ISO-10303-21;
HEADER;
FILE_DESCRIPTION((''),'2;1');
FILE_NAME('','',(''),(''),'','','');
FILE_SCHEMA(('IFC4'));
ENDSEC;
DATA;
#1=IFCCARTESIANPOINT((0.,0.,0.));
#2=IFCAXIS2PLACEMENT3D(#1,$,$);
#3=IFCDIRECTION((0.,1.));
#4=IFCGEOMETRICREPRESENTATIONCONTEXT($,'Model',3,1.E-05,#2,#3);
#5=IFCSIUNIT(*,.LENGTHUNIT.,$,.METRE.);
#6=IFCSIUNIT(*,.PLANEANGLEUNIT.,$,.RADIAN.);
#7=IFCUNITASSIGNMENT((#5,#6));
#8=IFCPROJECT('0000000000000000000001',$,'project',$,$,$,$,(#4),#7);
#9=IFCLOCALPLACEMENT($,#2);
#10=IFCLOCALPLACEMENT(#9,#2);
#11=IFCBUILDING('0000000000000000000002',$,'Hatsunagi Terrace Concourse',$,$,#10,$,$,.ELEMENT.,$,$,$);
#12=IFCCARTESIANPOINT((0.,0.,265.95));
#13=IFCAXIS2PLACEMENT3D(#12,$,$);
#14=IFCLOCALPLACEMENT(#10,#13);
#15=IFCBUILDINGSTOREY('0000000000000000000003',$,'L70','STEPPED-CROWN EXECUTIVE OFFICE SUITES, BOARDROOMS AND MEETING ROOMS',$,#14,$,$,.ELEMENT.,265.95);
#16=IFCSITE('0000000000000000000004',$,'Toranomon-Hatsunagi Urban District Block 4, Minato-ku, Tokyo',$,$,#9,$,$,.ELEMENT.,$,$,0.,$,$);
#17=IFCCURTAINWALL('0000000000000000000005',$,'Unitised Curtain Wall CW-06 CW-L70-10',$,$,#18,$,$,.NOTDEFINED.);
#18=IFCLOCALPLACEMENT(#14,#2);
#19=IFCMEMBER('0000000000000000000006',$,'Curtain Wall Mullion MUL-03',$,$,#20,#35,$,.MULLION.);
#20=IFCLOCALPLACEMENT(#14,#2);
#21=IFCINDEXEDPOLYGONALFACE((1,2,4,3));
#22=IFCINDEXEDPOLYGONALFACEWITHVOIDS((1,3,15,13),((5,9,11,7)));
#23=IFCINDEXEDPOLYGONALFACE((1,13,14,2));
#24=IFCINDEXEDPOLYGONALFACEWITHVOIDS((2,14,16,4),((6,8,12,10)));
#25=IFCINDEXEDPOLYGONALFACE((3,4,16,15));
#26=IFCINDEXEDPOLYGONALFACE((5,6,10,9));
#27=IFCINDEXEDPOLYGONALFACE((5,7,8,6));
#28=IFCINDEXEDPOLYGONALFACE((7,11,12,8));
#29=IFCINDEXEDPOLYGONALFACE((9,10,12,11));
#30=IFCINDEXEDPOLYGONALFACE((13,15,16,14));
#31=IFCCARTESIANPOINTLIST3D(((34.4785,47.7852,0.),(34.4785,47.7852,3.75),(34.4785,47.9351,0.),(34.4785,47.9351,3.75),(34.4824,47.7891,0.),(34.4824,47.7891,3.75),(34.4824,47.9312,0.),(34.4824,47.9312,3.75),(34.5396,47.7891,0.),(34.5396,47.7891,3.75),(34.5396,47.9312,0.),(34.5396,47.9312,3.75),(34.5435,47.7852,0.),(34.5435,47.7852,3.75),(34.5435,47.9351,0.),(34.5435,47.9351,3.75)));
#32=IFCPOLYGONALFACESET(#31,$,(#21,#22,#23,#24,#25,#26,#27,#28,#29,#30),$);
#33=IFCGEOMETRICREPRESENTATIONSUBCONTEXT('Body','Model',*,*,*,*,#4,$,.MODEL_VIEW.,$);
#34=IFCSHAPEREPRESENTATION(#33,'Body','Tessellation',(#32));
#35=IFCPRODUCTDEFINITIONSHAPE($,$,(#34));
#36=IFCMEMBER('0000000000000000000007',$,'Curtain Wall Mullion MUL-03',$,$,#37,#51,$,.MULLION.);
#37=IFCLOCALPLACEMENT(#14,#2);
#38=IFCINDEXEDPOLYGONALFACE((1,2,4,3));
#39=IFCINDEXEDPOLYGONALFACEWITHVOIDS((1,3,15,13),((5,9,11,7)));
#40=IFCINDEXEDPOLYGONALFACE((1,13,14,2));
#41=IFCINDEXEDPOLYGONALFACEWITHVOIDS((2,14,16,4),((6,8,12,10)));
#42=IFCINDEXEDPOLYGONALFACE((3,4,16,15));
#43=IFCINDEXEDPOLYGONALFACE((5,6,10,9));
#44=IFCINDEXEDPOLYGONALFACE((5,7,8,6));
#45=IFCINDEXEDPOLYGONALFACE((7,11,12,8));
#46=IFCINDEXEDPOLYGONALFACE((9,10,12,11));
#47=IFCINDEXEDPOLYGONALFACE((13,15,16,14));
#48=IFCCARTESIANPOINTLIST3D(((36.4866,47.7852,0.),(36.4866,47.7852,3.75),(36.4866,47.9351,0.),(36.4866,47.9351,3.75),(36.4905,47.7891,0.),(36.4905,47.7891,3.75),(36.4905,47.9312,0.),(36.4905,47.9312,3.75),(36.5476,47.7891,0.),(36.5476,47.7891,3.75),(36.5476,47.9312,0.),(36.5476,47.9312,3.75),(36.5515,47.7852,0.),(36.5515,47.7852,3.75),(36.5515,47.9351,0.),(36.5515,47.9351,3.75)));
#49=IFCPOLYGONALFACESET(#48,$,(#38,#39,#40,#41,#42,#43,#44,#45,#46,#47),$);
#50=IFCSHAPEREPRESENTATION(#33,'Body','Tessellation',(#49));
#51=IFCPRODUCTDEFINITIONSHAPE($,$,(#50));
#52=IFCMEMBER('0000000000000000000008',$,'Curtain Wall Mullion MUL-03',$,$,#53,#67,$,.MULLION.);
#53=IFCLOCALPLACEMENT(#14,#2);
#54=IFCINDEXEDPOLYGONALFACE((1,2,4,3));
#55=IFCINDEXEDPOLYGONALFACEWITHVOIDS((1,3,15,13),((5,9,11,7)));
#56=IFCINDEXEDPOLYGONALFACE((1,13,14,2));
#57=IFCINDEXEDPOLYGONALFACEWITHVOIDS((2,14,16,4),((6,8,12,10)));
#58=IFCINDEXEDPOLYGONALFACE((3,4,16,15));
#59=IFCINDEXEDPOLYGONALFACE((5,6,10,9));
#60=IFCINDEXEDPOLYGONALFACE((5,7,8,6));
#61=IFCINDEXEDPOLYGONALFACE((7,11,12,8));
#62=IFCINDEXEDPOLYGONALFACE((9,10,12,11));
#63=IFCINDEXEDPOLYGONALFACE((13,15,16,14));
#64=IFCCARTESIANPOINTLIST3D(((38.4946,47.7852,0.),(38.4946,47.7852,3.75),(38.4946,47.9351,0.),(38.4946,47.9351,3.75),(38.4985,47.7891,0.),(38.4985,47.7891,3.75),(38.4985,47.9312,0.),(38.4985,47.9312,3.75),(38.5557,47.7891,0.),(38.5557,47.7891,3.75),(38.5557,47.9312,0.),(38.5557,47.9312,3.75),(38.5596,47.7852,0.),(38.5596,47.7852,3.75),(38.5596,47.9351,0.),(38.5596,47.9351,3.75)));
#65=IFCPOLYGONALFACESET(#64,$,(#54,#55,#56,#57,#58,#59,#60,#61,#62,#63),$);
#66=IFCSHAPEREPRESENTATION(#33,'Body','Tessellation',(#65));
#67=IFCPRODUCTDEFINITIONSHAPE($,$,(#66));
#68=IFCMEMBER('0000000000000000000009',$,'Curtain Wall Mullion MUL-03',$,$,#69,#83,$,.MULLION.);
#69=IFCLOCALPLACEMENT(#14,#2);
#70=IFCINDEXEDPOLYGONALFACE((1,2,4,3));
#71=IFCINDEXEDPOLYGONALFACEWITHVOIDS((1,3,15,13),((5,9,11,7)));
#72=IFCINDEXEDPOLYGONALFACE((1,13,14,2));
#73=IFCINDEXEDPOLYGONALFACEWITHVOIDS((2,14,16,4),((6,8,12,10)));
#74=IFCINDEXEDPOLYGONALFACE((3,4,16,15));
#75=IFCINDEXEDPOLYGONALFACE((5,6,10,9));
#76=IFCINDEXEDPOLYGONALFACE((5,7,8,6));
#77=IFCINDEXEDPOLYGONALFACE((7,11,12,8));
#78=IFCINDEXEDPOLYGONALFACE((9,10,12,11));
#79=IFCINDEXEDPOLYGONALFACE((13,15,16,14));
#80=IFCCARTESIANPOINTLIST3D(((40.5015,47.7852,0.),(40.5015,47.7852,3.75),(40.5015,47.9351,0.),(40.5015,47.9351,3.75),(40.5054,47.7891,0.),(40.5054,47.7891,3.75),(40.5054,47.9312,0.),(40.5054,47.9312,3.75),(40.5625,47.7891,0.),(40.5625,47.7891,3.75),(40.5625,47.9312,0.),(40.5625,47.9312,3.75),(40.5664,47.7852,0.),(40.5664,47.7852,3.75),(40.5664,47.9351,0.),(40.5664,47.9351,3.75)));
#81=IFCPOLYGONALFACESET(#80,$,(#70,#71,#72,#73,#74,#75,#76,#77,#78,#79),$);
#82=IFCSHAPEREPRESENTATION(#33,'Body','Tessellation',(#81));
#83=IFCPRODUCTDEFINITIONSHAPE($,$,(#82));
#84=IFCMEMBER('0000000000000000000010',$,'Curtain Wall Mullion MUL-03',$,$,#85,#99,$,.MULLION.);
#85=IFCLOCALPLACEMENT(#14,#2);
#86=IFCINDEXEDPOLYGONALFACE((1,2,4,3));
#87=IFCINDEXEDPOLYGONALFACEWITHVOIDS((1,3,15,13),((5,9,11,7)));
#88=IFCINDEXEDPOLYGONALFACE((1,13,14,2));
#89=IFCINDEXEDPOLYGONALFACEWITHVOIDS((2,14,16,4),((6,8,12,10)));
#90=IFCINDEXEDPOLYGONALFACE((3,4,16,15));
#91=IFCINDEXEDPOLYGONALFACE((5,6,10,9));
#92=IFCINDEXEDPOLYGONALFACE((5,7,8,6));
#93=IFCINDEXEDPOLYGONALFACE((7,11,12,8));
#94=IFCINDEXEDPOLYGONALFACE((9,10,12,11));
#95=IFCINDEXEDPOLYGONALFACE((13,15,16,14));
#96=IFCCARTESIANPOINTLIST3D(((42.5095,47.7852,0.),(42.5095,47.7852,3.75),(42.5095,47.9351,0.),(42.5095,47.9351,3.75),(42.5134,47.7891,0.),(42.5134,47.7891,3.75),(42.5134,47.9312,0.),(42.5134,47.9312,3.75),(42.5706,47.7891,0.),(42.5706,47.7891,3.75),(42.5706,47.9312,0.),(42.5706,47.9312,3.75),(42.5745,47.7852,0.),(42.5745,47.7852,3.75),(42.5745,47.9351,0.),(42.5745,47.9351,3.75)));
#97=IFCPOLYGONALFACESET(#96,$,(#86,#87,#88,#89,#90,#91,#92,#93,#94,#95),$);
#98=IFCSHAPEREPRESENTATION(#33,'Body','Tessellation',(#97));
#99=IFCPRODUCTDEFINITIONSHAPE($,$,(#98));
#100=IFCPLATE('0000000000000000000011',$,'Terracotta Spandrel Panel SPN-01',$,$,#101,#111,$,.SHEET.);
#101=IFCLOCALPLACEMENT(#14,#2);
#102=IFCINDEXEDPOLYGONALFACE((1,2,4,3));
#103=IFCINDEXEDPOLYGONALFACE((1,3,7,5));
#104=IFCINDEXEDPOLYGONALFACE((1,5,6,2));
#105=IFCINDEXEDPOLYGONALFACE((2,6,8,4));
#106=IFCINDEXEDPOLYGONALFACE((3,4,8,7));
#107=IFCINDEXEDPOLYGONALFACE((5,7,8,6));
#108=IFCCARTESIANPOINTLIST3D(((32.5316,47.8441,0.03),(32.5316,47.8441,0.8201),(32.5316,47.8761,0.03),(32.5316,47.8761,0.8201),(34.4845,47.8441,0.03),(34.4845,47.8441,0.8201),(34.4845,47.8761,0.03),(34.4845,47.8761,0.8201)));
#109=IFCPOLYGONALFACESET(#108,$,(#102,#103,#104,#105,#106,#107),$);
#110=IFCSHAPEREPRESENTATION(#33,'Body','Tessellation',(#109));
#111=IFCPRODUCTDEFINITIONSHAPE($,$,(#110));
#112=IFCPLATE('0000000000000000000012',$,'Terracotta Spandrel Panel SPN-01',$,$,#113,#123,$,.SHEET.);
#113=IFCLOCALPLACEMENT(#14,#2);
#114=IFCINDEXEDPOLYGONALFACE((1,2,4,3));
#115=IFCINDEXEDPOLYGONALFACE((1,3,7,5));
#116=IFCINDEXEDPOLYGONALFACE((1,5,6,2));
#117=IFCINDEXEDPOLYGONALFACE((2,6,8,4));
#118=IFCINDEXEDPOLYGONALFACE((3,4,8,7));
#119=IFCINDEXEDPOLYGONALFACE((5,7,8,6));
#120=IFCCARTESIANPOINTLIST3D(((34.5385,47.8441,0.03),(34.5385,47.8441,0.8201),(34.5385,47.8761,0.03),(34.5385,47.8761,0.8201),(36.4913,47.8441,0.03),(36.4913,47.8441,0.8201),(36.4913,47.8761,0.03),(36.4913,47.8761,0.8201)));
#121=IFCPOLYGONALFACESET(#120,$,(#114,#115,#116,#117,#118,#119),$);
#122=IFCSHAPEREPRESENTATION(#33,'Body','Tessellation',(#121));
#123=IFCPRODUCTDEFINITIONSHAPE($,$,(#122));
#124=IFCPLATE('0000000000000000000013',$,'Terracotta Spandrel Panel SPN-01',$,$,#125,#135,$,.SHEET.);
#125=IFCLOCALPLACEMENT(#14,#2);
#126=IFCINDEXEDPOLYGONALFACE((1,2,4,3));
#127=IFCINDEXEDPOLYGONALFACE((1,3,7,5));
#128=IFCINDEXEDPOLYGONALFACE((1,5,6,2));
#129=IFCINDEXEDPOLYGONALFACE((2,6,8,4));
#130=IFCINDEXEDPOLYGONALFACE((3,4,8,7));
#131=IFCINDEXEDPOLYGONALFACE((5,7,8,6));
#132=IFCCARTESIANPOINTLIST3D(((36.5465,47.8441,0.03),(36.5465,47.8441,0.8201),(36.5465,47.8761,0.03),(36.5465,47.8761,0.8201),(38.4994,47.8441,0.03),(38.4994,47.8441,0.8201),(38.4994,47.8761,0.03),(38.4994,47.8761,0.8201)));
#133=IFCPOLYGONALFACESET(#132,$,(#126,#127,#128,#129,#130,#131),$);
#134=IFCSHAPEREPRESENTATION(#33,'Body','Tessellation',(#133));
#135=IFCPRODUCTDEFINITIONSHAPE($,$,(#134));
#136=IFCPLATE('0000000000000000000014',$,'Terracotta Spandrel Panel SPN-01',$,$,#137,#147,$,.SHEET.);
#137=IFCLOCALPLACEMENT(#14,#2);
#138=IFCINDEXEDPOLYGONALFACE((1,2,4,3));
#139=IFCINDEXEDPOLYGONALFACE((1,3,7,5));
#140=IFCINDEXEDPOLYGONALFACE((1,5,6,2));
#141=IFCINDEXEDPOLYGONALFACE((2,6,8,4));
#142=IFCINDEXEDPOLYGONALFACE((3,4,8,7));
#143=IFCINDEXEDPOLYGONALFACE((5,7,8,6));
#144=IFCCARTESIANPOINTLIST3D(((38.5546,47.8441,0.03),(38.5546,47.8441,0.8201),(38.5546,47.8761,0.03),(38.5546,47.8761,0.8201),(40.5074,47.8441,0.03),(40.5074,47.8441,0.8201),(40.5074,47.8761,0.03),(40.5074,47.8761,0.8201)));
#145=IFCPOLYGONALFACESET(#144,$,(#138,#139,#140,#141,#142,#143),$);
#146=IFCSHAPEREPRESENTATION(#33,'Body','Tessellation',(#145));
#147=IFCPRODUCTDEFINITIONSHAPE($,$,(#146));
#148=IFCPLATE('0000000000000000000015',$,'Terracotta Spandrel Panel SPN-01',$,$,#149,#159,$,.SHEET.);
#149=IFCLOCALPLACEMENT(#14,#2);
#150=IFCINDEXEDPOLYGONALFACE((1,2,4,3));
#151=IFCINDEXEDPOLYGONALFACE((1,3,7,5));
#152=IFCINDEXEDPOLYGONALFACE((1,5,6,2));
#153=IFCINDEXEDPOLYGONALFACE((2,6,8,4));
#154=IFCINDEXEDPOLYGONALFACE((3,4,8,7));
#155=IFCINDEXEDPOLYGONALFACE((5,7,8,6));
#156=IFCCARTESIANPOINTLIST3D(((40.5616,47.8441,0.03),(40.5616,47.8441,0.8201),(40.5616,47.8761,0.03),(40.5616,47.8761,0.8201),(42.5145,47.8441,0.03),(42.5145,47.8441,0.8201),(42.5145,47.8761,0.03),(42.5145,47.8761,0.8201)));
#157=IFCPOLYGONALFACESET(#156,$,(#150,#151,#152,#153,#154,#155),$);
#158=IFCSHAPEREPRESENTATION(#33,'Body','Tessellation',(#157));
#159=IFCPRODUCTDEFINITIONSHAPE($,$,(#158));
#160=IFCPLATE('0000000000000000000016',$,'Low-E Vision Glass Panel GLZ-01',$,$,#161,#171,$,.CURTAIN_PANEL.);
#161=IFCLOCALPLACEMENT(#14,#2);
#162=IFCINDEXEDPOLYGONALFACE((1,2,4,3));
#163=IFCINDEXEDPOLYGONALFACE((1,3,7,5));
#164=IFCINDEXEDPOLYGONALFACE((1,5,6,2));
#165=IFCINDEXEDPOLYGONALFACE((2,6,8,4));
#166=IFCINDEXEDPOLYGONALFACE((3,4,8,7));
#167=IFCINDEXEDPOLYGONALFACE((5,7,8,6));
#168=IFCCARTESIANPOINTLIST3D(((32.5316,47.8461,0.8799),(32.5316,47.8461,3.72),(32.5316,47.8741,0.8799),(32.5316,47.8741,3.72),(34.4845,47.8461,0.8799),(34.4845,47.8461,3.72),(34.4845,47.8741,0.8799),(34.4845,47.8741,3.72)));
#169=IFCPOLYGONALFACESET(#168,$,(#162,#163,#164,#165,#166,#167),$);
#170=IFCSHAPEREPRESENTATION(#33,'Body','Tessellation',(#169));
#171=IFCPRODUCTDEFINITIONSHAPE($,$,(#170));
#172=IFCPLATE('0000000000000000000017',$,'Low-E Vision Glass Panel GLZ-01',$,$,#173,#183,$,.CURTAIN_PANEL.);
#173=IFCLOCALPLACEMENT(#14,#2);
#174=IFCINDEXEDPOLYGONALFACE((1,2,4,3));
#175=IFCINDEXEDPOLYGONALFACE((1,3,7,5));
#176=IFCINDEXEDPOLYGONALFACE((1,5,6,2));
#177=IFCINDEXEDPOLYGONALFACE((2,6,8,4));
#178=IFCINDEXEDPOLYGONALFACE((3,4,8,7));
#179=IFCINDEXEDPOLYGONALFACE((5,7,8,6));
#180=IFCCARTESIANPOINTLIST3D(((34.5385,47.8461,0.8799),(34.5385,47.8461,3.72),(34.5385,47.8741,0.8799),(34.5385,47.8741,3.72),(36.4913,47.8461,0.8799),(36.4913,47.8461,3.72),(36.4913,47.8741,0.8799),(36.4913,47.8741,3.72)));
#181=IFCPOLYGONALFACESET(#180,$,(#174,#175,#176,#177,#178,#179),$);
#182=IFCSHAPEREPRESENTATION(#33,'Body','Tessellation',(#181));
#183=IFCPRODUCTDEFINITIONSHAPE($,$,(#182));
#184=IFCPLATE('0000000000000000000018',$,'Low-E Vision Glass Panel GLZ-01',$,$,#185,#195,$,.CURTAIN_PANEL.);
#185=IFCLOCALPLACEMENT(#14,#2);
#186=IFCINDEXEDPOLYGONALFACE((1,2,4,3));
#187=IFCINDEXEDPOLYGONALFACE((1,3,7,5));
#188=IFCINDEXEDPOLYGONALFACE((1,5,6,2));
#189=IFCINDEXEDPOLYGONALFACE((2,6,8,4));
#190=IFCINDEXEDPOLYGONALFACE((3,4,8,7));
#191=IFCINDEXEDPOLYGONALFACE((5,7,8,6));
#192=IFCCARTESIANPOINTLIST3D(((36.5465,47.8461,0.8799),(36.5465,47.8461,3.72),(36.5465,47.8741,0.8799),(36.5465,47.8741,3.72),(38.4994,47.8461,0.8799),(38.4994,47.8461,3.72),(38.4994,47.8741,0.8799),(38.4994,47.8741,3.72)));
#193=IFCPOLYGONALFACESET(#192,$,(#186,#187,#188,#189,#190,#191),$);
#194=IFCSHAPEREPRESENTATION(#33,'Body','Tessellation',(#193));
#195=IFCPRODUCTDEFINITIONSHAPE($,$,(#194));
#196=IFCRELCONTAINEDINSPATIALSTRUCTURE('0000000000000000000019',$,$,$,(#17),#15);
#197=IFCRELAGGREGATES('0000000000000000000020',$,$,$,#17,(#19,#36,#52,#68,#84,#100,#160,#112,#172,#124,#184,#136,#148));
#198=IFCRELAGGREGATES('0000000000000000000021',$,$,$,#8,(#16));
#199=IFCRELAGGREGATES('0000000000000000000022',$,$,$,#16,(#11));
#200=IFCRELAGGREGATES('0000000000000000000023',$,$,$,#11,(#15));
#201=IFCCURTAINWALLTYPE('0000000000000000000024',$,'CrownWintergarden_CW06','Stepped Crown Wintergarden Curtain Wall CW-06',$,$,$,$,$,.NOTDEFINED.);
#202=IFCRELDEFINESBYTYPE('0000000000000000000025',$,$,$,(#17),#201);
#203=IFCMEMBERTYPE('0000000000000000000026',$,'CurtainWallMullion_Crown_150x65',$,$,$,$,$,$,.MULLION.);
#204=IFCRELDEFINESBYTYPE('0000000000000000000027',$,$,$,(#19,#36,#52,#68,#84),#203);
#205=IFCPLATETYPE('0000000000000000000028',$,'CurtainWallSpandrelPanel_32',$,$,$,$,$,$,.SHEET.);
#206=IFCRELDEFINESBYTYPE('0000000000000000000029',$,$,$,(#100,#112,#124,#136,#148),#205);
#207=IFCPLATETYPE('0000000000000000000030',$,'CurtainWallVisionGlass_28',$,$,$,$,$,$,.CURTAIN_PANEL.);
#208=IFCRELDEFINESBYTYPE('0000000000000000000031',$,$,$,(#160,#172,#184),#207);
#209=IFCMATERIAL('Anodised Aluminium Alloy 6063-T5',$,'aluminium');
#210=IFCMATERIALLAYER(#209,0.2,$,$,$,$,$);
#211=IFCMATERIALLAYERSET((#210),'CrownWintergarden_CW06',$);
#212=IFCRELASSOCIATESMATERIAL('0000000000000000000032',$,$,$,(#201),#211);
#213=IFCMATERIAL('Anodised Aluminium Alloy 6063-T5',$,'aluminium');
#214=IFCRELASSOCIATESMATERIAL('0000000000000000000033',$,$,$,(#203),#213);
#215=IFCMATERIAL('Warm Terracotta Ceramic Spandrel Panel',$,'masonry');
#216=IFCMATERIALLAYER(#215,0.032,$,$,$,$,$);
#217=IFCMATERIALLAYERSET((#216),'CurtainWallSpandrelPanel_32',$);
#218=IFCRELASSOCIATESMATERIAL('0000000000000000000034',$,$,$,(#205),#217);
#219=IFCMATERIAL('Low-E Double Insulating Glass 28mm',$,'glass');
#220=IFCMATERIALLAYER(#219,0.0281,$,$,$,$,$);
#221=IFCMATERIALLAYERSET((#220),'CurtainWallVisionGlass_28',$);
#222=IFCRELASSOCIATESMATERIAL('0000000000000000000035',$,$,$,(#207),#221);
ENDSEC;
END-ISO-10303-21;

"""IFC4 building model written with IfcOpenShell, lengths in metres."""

from ifc_helpers import new_model, si_unit, direction, frame, origin, origin_2d, place, context, subcontext, project, spatial, rectangle, hollow_rectangle, extrude, material, layer, layer_set, material_profile, profile_set, type_object, element, aggregate, save


model = new_model("IFC4")

# Units and contexts
model_context = context("Model", 3, precision=1e-05, world=origin(), true_north=direction((0.0, 1.0)))
body_context = subcontext(model_context, "Body", "Model", "MODEL_VIEW")
ifc_project = project(units=[si_unit("LENGTHUNIT", "METRE"), si_unit("PLANEANGLEUNIT", "RADIAN")], contexts=[model_context])

# Site, building, storey
site_placement = place(None, origin())
site = spatial("IfcSite", under=ifc_project, at=site_placement, Name="Toranomon-Hatsunagi Urban District Block 4, Minato-ku, Tokyo", CompositionType="ELEMENT", RefElevation=0.0)
building_placement = place(site_placement, origin())
building = spatial("IfcBuilding", under=site, at=building_placement, Name="Hatsunagi Terrace Concourse", CompositionType="ELEMENT")
storey_placement = place(building_placement, frame((0.0, 0.0, 265.95)))
storey = spatial("IfcBuildingStorey", under=building, at=storey_placement, Name="L70", Description="STEPPED-CROWN EXECUTIVE OFFICE SUITES, BOARDROOMS AND MEETING ROOMS", CompositionType="ELEMENT", Elevation=265.95)

# Curtain wall, members, plates
ifc_material_1 = material(Name="Anodised Aluminium Alloy 6063-T5", Category="aluminium")
ifc_layer_1 = layer(ifc_material_1, 0.2)
ifc_layer_set_1 = layer_set([ifc_layer_1], Name="CrownWintergarden_CW06")
curtain_wall_type = type_object("IfcCurtainWallType", Name="CrownWintergarden_CW06", Description="Stepped Crown Wintergarden Curtain Wall CW-06", PredefinedType="NOTDEFINED", material=ifc_layer_set_1)
curtain_wall_placement = place(storey_placement, origin())
curtain_wall = element("IfcCurtainWall", 1, at=curtain_wall_placement, inside=storey, type_object=curtain_wall_type, Name="Unitised Curtain Wall CW-06 CW-L70-10", PredefinedType="NOTDEFINED")
ifc_material_2 = material(Name="Anodised Aluminium Alloy 6063-T5", Category="aluminium")
ifc_material_profile = material_profile(ifc_material_2, hollow_rectangle(XDim=0.0649, YDim=0.1499, WallThickness=0.0039, at=origin_2d()), Name="ALU-MUL-150x65x4")
ifc_profile_set = profile_set([ifc_material_profile], Name="Anodised Aluminium Alloy 6063-T5")
member_type = type_object("IfcMemberType", Name="CurtainWallMullion_Crown_150x65", PredefinedType="MULLION", material=ifc_profile_set)
member_1_placement = place(storey_placement, frame((34.511, 47.8601, 0.0), z_axis=(0.0, 0.0, 1.0), x_axis=(1.0, 0.0, 0.0)))
member_1 = element("IfcMember", 2, at=member_1_placement, type_object=member_type, Name="Curtain Wall Mullion MUL-03", PredefinedType="MULLION", context=body_context, shape_type="SweptSolid", body=[
    extrude(hollow_rectangle(XDim=0.0649, YDim=0.1499, WallThickness=0.0039, at=origin_2d()), origin(), (0.0, 0.0, 1.0), 3.75),
])
member_2_placement = place(storey_placement, frame((36.519, 47.8601, 0.0), z_axis=(0.0, 0.0, 1.0), x_axis=(1.0, 0.0, 0.0)))
member_2 = element("IfcMember", 3, at=member_2_placement, type_object=member_type, Name="Curtain Wall Mullion MUL-03", PredefinedType="MULLION", context=body_context, shape_type="SweptSolid", body=[
    extrude(hollow_rectangle(XDim=0.0649, YDim=0.1499, WallThickness=0.0039, at=origin_2d()), origin(), (0.0, 0.0, 1.0), 3.75),
])
member_3_placement = place(storey_placement, frame((38.5271, 47.8601, 0.0), z_axis=(0.0, 0.0, 1.0), x_axis=(1.0, 0.0, 0.0)))
member_3 = element("IfcMember", 4, at=member_3_placement, type_object=member_type, Name="Curtain Wall Mullion MUL-03", PredefinedType="MULLION", context=body_context, shape_type="SweptSolid", body=[
    extrude(hollow_rectangle(XDim=0.0649, YDim=0.1499, WallThickness=0.0039, at=origin_2d()), origin(), (0.0, 0.0, 1.0), 3.75),
])
member_4_placement = place(storey_placement, frame((40.5339, 47.8601, 0.0), z_axis=(0.0, 0.0, 1.0), x_axis=(1.0, 0.0, 0.0)))
member_4 = element("IfcMember", 5, at=member_4_placement, type_object=member_type, Name="Curtain Wall Mullion MUL-03", PredefinedType="MULLION", context=body_context, shape_type="SweptSolid", body=[
    extrude(hollow_rectangle(XDim=0.0649, YDim=0.1499, WallThickness=0.0039, at=origin_2d()), origin(), (0.0, 0.0, 1.0), 3.75),
])
member_5_placement = place(storey_placement, frame((42.542, 47.8601, 0.0), z_axis=(0.0, 0.0, 1.0), x_axis=(1.0, 0.0, 0.0)))
member_5 = element("IfcMember", 6, at=member_5_placement, type_object=member_type, Name="Curtain Wall Mullion MUL-03", PredefinedType="MULLION", context=body_context, shape_type="SweptSolid", body=[
    extrude(hollow_rectangle(XDim=0.0649, YDim=0.1499, WallThickness=0.0039, at=origin_2d()), origin(), (0.0, 0.0, 1.0), 3.75),
])
ifc_material_3 = material(Name="Warm Terracotta Ceramic Spandrel Panel", Category="masonry")
ifc_layer_2 = layer(ifc_material_3, 0.032)
ifc_layer_set_2 = layer_set([ifc_layer_2], Name="CurtainWallSpandrelPanel_32")
plate_type_1 = type_object("IfcPlateType", Name="CurtainWallSpandrelPanel_32", PredefinedType="SHEET", material=ifc_layer_set_2)
plate_1_placement = place(storey_placement, frame((33.5081, 47.8601, 0.03), z_axis=(0.0, 0.0, 1.0), x_axis=(1.0, 0.0, 0.0)))
plate_1 = element("IfcPlate", 7, at=plate_1_placement, type_object=plate_type_1, Name="Terracotta Spandrel Panel SPN-01", PredefinedType="SHEET", context=body_context, shape_type="SweptSolid", body=[
    extrude(rectangle(XDim=1.9529, YDim=0.032, at=origin_2d()), origin(), (0.0, 0.0, 1.0), 0.79),
])
plate_2_placement = place(storey_placement, frame((35.5149, 47.8601, 0.03), z_axis=(0.0, 0.0, 1.0), x_axis=(1.0, 0.0, 0.0)))
plate_2 = element("IfcPlate", 8, at=plate_2_placement, type_object=plate_type_1, Name="Terracotta Spandrel Panel SPN-01", PredefinedType="SHEET", context=body_context, shape_type="SweptSolid", body=[
    extrude(rectangle(XDim=1.9529, YDim=0.032, at=origin_2d()), origin(), (0.0, 0.0, 1.0), 0.79),
])
plate_3_placement = place(storey_placement, frame((37.5229, 47.8601, 0.03), z_axis=(0.0, 0.0, 1.0), x_axis=(1.0, 0.0, 0.0)))
plate_3 = element("IfcPlate", 9, at=plate_3_placement, type_object=plate_type_1, Name="Terracotta Spandrel Panel SPN-01", PredefinedType="SHEET", context=body_context, shape_type="SweptSolid", body=[
    extrude(rectangle(XDim=1.9529, YDim=0.032, at=origin_2d()), origin(), (0.0, 0.0, 1.0), 0.79),
])
plate_4_placement = place(storey_placement, frame((39.531, 47.8601, 0.03), z_axis=(0.0, 0.0, 1.0), x_axis=(1.0, 0.0, 0.0)))
plate_4 = element("IfcPlate", 10, at=plate_4_placement, type_object=plate_type_1, Name="Terracotta Spandrel Panel SPN-01", PredefinedType="SHEET", context=body_context, shape_type="SweptSolid", body=[
    extrude(rectangle(XDim=1.9529, YDim=0.032, at=origin_2d()), origin(), (0.0, 0.0, 1.0), 0.79),
])
plate_5_placement = place(storey_placement, frame((41.5381, 47.8601, 0.03), z_axis=(0.0, 0.0, 1.0), x_axis=(1.0, 0.0, 0.0)))
plate_5 = element("IfcPlate", 11, at=plate_5_placement, type_object=plate_type_1, Name="Terracotta Spandrel Panel SPN-01", PredefinedType="SHEET", context=body_context, shape_type="SweptSolid", body=[
    extrude(rectangle(XDim=1.9529, YDim=0.032, at=origin_2d()), origin(), (0.0, 0.0, 1.0), 0.79),
])
ifc_material_4 = material(Name="Low-E Double Insulating Glass 28mm", Category="glass")
ifc_layer_3 = layer(ifc_material_4, 0.0281)
ifc_layer_set_3 = layer_set([ifc_layer_3], Name="CurtainWallVisionGlass_28")
plate_type_2 = type_object("IfcPlateType", Name="CurtainWallVisionGlass_28", PredefinedType="CURTAIN_PANEL", material=ifc_layer_set_3)
plate_6_placement = place(storey_placement, frame((33.5081, 47.8601, 0.8799), z_axis=(0.0, 0.0, 1.0), x_axis=(1.0, 0.0, 0.0)))
plate_6 = element("IfcPlate", 12, at=plate_6_placement, type_object=plate_type_2, Name="Low-E Vision Glass Panel GLZ-01", PredefinedType="CURTAIN_PANEL", context=body_context, shape_type="SweptSolid", body=[
    extrude(rectangle(XDim=1.9529, YDim=0.0281, at=origin_2d()), origin(), (0.0, 0.0, 1.0), 2.8401),
])
plate_7_placement = place(storey_placement, frame((35.5149, 47.8601, 0.8799), z_axis=(0.0, 0.0, 1.0), x_axis=(1.0, 0.0, 0.0)))
plate_7 = element("IfcPlate", 13, at=plate_7_placement, type_object=plate_type_2, Name="Low-E Vision Glass Panel GLZ-01", PredefinedType="CURTAIN_PANEL", context=body_context, shape_type="SweptSolid", body=[
    extrude(rectangle(XDim=1.9529, YDim=0.0281, at=origin_2d()), origin(), (0.0, 0.0, 1.0), 2.8401),
])
plate_8_placement = place(storey_placement, frame((37.5229, 47.8601, 0.8799), z_axis=(0.0, 0.0, 1.0), x_axis=(1.0, 0.0, 0.0)))
plate_8 = element("IfcPlate", 14, at=plate_8_placement, type_object=plate_type_2, Name="Low-E Vision Glass Panel GLZ-01", PredefinedType="CURTAIN_PANEL", context=body_context, shape_type="SweptSolid", body=[
    extrude(rectangle(XDim=1.9529, YDim=0.0281, at=origin_2d()), origin(), (0.0, 0.0, 1.0), 2.8401),
])
aggregate(curtain_wall, [member_1, member_2, member_3, member_4, member_5, plate_1, plate_6, plate_2, plate_7, plate_3, plate_8, plate_4, plate_5])

save(model, "model.ifc")
